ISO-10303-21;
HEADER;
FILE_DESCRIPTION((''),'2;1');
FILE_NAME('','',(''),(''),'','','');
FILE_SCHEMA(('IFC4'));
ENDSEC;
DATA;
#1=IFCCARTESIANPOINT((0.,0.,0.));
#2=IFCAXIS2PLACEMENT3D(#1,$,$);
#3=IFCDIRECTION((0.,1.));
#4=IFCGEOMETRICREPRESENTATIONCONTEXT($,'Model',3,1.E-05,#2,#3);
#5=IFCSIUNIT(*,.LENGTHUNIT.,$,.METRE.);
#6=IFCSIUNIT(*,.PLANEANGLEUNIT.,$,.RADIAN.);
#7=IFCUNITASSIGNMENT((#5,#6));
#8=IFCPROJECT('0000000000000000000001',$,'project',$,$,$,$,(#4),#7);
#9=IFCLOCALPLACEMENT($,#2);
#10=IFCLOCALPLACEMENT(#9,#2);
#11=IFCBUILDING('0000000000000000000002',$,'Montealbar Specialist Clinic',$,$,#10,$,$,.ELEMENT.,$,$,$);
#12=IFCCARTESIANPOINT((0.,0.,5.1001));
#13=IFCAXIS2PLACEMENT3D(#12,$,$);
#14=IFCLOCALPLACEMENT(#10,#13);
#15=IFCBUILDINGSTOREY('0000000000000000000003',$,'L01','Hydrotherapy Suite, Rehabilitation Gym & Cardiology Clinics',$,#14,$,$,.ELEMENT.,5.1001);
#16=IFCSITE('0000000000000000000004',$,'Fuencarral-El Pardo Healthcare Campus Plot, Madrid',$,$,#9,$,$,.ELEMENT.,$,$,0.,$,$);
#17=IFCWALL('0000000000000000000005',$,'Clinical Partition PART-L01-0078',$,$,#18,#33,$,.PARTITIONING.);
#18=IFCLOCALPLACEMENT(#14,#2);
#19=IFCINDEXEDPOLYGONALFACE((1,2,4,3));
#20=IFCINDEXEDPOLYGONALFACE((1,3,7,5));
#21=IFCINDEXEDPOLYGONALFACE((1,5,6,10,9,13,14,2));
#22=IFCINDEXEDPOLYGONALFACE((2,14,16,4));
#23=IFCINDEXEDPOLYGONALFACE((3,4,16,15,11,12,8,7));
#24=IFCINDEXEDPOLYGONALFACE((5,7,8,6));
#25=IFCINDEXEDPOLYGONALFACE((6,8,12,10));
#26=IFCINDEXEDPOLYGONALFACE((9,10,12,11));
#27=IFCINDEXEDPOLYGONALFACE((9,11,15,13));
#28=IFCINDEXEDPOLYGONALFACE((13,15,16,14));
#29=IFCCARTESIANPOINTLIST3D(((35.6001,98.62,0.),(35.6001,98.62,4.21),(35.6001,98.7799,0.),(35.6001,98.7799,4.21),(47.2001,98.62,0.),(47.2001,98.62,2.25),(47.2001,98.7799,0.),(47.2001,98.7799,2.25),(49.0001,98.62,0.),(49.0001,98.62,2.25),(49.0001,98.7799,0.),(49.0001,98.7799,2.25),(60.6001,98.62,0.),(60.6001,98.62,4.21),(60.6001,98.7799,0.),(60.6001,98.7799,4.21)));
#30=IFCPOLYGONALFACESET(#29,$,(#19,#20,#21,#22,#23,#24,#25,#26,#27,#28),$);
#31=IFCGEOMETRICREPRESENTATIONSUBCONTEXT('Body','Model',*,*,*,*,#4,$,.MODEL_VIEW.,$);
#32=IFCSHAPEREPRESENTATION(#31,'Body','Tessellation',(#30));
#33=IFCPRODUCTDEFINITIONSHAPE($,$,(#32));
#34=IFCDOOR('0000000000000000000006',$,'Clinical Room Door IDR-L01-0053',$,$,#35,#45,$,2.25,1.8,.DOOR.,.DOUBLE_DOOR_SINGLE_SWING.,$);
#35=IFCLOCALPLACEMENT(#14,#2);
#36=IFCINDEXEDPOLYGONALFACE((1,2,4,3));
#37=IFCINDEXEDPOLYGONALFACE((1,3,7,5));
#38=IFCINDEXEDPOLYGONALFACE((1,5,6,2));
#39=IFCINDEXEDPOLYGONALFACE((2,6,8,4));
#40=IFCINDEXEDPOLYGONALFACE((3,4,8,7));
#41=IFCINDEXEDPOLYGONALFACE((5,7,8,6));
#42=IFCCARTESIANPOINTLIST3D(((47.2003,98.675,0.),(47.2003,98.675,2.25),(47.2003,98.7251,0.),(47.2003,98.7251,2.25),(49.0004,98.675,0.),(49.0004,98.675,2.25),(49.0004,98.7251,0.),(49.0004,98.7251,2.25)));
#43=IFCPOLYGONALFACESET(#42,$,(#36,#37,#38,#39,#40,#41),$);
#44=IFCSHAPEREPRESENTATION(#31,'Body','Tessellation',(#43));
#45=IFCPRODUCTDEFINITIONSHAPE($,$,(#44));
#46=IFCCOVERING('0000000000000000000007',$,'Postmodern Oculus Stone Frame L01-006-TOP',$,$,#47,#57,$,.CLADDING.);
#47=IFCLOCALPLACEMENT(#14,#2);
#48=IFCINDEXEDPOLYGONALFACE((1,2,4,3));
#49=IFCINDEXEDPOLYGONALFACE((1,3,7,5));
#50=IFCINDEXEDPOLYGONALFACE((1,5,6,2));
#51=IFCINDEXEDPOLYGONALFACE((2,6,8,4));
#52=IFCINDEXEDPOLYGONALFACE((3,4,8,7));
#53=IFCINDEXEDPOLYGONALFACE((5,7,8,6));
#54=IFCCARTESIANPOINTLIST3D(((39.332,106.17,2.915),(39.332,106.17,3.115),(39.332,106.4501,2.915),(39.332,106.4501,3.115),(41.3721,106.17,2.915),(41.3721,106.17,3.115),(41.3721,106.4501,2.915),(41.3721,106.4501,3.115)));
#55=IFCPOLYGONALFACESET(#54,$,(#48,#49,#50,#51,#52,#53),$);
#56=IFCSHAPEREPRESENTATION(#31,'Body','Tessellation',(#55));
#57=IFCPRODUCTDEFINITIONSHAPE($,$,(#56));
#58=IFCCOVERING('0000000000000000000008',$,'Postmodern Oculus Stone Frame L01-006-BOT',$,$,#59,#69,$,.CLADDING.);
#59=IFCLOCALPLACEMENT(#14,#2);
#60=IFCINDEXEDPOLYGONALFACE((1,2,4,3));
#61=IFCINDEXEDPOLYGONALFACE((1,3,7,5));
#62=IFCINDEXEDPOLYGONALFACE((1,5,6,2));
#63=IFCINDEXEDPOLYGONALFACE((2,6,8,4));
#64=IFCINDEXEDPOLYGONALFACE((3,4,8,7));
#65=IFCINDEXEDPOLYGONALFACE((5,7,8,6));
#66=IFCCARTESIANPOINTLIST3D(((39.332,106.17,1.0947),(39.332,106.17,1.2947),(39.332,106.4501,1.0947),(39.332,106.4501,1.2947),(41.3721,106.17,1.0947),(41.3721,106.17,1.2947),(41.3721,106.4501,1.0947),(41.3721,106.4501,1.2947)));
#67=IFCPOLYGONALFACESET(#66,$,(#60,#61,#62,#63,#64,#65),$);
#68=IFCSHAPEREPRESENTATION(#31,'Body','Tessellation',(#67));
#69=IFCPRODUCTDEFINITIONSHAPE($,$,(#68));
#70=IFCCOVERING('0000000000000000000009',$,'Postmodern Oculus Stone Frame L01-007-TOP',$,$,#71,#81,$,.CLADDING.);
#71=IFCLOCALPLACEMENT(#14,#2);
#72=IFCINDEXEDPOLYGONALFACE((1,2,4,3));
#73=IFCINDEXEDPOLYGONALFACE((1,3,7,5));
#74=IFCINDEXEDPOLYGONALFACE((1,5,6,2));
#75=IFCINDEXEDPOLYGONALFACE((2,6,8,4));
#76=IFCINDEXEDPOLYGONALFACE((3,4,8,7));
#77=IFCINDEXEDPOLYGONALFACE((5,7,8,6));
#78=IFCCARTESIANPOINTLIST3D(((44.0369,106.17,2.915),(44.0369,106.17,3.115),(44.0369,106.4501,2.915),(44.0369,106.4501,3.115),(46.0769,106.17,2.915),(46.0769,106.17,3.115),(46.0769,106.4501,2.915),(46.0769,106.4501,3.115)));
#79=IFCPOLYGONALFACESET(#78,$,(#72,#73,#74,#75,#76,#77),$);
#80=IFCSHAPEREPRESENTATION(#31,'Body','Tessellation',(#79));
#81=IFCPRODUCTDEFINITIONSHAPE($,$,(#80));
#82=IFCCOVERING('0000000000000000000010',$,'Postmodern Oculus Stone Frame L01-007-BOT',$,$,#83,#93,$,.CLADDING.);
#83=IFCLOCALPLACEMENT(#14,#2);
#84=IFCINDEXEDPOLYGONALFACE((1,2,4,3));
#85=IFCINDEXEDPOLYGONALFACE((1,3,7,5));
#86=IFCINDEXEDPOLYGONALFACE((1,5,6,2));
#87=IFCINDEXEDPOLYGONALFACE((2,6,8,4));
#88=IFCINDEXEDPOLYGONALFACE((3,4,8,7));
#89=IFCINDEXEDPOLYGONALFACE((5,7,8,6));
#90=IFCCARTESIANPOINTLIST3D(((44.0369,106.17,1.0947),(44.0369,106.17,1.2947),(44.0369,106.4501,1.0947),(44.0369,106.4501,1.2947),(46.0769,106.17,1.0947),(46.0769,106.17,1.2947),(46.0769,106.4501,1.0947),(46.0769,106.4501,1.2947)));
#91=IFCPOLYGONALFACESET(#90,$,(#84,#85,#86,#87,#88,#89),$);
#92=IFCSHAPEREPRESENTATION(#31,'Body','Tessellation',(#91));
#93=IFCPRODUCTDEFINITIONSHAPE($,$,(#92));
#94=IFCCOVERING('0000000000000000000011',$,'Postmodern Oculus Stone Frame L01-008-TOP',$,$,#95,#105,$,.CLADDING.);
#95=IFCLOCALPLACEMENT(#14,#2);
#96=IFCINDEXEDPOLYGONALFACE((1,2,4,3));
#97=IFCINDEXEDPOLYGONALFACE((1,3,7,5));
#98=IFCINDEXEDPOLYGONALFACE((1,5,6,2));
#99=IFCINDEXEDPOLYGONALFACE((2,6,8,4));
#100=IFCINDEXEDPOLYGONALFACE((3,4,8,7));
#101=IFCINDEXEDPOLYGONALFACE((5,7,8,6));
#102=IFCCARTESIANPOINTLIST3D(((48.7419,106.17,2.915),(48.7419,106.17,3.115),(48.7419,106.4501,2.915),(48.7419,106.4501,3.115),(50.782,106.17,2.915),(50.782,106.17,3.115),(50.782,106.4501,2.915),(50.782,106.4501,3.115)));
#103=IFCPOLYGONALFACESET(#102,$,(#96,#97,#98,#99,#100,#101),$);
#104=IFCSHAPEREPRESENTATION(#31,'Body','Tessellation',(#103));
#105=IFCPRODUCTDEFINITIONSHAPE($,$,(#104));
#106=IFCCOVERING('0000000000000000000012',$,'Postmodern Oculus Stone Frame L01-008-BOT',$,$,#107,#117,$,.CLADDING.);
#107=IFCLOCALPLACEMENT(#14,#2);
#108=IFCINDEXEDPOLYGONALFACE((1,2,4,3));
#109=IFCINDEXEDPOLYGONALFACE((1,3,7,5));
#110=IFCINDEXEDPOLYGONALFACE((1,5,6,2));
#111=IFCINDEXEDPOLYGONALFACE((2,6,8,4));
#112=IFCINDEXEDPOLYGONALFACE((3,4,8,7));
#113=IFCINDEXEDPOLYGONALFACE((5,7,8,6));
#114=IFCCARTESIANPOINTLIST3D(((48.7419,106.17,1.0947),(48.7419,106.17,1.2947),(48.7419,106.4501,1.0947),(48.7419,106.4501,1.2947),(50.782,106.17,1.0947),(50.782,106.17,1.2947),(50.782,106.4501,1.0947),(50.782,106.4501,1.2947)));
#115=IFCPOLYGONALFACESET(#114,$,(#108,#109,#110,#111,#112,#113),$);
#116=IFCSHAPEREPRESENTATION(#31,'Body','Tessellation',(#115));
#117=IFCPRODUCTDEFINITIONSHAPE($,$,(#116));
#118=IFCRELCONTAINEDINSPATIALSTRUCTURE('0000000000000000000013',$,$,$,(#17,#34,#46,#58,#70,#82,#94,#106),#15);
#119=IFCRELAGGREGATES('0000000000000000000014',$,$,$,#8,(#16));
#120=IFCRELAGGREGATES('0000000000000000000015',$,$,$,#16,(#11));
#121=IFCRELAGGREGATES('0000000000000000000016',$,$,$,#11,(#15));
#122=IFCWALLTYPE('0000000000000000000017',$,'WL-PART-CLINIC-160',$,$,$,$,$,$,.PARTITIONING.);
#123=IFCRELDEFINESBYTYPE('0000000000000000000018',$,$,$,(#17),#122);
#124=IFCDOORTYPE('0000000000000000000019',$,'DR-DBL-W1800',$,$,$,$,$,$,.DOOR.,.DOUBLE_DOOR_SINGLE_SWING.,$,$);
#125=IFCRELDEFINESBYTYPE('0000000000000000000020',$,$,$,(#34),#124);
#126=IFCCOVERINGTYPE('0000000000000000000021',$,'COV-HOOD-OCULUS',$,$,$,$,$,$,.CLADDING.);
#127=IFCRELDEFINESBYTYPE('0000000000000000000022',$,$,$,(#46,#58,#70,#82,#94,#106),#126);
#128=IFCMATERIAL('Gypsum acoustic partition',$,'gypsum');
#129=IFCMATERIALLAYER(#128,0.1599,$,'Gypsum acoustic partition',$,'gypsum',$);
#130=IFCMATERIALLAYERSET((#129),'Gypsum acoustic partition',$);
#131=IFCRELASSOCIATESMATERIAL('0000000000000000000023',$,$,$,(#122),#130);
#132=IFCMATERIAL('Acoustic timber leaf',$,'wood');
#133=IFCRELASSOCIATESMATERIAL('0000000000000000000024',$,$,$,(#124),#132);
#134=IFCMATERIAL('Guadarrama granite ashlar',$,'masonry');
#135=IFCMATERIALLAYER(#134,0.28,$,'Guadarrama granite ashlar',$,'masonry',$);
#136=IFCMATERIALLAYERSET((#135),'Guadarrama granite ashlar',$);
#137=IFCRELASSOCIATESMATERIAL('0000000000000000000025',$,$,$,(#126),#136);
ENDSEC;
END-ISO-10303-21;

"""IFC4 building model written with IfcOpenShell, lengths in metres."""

from ifc_helpers import new_model, si_unit, direction, frame, frame_2d, origin, origin_2d, place, context, subcontext, project, spatial, rectangle, extrude, material, layer, layer_set, type_object, element, fill, save


model = new_model("IFC4")

# Units and contexts
model_context = context("Model", 3, precision=1e-05, world=origin(), true_north=direction((0.0, 1.0)))
body_context = subcontext(model_context, "Body", "Model", "MODEL_VIEW")
ifc_project = project(units=[si_unit("LENGTHUNIT", "METRE"), si_unit("PLANEANGLEUNIT", "RADIAN")], contexts=[model_context])

# Site, building, storey
site_placement = place(None, origin())
site = spatial("IfcSite", under=ifc_project, at=site_placement, Name="Fuencarral-El Pardo Healthcare Campus Plot, Madrid", CompositionType="ELEMENT", RefElevation=0.0)
building_placement = place(site_placement, origin())
building = spatial("IfcBuilding", under=site, at=building_placement, Name="Montealbar Specialist Clinic", CompositionType="ELEMENT")
storey_placement = place(building_placement, frame((0.0, 0.0, 5.1001)))
storey = spatial("IfcBuildingStorey", under=building, at=storey_placement, Name="L01", Description="Hydrotherapy Suite, Rehabilitation Gym & Cardiology Clinics", CompositionType="ELEMENT", Elevation=5.1001)

# Shared definitions
ifc_material_1 = material(Name="Guadarrama granite ashlar", Category="masonry")

# Wall, opening, door
ifc_material_2 = material(Name="Gypsum acoustic partition", Category="gypsum")
ifc_layer_1 = layer(ifc_material_2, 0.1599, Name="Gypsum acoustic partition", Category="gypsum")
ifc_layer_set_1 = layer_set([ifc_layer_1], Name="Gypsum acoustic partition")
wall_type_1 = type_object("IfcWallType", Name="WL-PART-CLINIC-160", PredefinedType="PARTITIONING", material=ifc_layer_set_1)
wall_1_placement = place(storey_placement, frame((35.6001, 98.7, 0.0), z_axis=(0.0, 0.0, 1.0), x_axis=(1.0, 0.0, 0.0)))
wall_1 = element("IfcWall", 1, at=wall_1_placement, inside=storey, type_object=wall_type_1, Name="Clinical Partition PART-L01-0078", PredefinedType="PARTITIONING", context=body_context, shape_type="SweptSolid", body=[
    extrude(rectangle(XDim=25.0, YDim=0.1599, at=frame_2d((12.5, 0.0))), origin(), (0.0, 0.0, 1.0), 4.21),
])
opening_1_placement = place(wall_1_placement, frame((11.6001, 0.0, 0.0)))
opening_1 = element("IfcOpeningElement", 2, at=opening_1_placement, cuts=wall_1, PredefinedType="OPENING", context=body_context, shape_type="SweptSolid", body=[
    extrude(rectangle(XDim=1.8, YDim=2.25, at=frame_2d((0.8999, 1.125))), frame((0.0, 0.0898, 0.0), z_axis=(0.0, -1.0, 0.0), x_axis=(1.0, 0.0, 0.0)), (0.0, 0.0, 1.0), 0.1799),
])
ifc_material_3 = material(Name="Acoustic timber leaf", Category="wood")
door_type = type_object("IfcDoorType", Name="DR-DBL-W1800", OperationType="DOUBLE_DOOR_SINGLE_SWING", PredefinedType="DOOR", material=ifc_material_3)
door_placement = place(opening_1_placement, frame((1.8, 0.0, 0.0), z_axis=(0.0, 0.0, 1.0), x_axis=(-1.0, 0.0, 0.0)))
door = element("IfcDoor", 3, at=door_placement, inside=storey, type_object=door_type, Name="Clinical Room Door IDR-L01-0053", OperationType="DOUBLE_DOOR_SINGLE_SWING", OverallHeight=2.25, OverallWidth=1.8, PredefinedType="DOOR", context=body_context, shape_type="SweptSolid", body=[
    extrude(rectangle(XDim=1.8, YDim=2.25, at=frame_2d((0.8999, 1.125))), frame((0.0, 0.0249, 0.0), z_axis=(0.0, -1.0, 0.0), x_axis=(1.0, 0.0, 0.0)), (0.0, 0.0, 1.0), 0.05),
])
fill(opening_1, door)

# Coverings
ifc_layer_2 = layer(ifc_material_1, 0.28, Name="Guadarrama granite ashlar", Category="masonry")
ifc_layer_set_2 = layer_set([ifc_layer_2], Name="Guadarrama granite ashlar")
covering_type = type_object("IfcCoveringType", Name="COV-HOOD-OCULUS", PredefinedType="CLADDING", material=ifc_layer_set_2)
for number, where, z_axis, x_axis, name in (
    (4, (40.3521, 106.3101, 2.915), (0.0, 0.0, 1.0), (1.0, 0.0, 0.0), "Postmodern Oculus Stone Frame L01-006-TOP"),
    (5, (40.3521, 106.3101, 1.0947), (0.0, 0.0, 1.0), (1.0, 0.0, 0.0), "Postmodern Oculus Stone Frame L01-006-BOT"),
    (6, (45.0569, 106.3101, 2.915), (0.0, 0.0, 1.0), (1.0, 0.0, 0.0), "Postmodern Oculus Stone Frame L01-007-TOP"),
    (7, (45.0569, 106.3101, 1.0947), (0.0, 0.0, 1.0), (1.0, 0.0, 0.0), "Postmodern Oculus Stone Frame L01-007-BOT"),
    (8, (49.762, 106.3101, 2.915), (0.0, 0.0, 1.0), (1.0, 0.0, 0.0), "Postmodern Oculus Stone Frame L01-008-TOP"),
    (9, (49.762, 106.3101, 1.0947), (0.0, 0.0, 1.0), (1.0, 0.0, 0.0), "Postmodern Oculus Stone Frame L01-008-BOT"),
):
    element("IfcCovering", number, at=place(storey_placement, frame(where, z_axis=z_axis, x_axis=x_axis)), inside=storey, type_object=covering_type, Name=name, PredefinedType="CLADDING", context=body_context, shape_type="SweptSolid", body=[
        extrude(rectangle(XDim=2.04, YDim=0.28, at=origin_2d()), origin(), (0.0, 0.0, 1.0), 0.2),
    ])

save(model, "model.ifc")
